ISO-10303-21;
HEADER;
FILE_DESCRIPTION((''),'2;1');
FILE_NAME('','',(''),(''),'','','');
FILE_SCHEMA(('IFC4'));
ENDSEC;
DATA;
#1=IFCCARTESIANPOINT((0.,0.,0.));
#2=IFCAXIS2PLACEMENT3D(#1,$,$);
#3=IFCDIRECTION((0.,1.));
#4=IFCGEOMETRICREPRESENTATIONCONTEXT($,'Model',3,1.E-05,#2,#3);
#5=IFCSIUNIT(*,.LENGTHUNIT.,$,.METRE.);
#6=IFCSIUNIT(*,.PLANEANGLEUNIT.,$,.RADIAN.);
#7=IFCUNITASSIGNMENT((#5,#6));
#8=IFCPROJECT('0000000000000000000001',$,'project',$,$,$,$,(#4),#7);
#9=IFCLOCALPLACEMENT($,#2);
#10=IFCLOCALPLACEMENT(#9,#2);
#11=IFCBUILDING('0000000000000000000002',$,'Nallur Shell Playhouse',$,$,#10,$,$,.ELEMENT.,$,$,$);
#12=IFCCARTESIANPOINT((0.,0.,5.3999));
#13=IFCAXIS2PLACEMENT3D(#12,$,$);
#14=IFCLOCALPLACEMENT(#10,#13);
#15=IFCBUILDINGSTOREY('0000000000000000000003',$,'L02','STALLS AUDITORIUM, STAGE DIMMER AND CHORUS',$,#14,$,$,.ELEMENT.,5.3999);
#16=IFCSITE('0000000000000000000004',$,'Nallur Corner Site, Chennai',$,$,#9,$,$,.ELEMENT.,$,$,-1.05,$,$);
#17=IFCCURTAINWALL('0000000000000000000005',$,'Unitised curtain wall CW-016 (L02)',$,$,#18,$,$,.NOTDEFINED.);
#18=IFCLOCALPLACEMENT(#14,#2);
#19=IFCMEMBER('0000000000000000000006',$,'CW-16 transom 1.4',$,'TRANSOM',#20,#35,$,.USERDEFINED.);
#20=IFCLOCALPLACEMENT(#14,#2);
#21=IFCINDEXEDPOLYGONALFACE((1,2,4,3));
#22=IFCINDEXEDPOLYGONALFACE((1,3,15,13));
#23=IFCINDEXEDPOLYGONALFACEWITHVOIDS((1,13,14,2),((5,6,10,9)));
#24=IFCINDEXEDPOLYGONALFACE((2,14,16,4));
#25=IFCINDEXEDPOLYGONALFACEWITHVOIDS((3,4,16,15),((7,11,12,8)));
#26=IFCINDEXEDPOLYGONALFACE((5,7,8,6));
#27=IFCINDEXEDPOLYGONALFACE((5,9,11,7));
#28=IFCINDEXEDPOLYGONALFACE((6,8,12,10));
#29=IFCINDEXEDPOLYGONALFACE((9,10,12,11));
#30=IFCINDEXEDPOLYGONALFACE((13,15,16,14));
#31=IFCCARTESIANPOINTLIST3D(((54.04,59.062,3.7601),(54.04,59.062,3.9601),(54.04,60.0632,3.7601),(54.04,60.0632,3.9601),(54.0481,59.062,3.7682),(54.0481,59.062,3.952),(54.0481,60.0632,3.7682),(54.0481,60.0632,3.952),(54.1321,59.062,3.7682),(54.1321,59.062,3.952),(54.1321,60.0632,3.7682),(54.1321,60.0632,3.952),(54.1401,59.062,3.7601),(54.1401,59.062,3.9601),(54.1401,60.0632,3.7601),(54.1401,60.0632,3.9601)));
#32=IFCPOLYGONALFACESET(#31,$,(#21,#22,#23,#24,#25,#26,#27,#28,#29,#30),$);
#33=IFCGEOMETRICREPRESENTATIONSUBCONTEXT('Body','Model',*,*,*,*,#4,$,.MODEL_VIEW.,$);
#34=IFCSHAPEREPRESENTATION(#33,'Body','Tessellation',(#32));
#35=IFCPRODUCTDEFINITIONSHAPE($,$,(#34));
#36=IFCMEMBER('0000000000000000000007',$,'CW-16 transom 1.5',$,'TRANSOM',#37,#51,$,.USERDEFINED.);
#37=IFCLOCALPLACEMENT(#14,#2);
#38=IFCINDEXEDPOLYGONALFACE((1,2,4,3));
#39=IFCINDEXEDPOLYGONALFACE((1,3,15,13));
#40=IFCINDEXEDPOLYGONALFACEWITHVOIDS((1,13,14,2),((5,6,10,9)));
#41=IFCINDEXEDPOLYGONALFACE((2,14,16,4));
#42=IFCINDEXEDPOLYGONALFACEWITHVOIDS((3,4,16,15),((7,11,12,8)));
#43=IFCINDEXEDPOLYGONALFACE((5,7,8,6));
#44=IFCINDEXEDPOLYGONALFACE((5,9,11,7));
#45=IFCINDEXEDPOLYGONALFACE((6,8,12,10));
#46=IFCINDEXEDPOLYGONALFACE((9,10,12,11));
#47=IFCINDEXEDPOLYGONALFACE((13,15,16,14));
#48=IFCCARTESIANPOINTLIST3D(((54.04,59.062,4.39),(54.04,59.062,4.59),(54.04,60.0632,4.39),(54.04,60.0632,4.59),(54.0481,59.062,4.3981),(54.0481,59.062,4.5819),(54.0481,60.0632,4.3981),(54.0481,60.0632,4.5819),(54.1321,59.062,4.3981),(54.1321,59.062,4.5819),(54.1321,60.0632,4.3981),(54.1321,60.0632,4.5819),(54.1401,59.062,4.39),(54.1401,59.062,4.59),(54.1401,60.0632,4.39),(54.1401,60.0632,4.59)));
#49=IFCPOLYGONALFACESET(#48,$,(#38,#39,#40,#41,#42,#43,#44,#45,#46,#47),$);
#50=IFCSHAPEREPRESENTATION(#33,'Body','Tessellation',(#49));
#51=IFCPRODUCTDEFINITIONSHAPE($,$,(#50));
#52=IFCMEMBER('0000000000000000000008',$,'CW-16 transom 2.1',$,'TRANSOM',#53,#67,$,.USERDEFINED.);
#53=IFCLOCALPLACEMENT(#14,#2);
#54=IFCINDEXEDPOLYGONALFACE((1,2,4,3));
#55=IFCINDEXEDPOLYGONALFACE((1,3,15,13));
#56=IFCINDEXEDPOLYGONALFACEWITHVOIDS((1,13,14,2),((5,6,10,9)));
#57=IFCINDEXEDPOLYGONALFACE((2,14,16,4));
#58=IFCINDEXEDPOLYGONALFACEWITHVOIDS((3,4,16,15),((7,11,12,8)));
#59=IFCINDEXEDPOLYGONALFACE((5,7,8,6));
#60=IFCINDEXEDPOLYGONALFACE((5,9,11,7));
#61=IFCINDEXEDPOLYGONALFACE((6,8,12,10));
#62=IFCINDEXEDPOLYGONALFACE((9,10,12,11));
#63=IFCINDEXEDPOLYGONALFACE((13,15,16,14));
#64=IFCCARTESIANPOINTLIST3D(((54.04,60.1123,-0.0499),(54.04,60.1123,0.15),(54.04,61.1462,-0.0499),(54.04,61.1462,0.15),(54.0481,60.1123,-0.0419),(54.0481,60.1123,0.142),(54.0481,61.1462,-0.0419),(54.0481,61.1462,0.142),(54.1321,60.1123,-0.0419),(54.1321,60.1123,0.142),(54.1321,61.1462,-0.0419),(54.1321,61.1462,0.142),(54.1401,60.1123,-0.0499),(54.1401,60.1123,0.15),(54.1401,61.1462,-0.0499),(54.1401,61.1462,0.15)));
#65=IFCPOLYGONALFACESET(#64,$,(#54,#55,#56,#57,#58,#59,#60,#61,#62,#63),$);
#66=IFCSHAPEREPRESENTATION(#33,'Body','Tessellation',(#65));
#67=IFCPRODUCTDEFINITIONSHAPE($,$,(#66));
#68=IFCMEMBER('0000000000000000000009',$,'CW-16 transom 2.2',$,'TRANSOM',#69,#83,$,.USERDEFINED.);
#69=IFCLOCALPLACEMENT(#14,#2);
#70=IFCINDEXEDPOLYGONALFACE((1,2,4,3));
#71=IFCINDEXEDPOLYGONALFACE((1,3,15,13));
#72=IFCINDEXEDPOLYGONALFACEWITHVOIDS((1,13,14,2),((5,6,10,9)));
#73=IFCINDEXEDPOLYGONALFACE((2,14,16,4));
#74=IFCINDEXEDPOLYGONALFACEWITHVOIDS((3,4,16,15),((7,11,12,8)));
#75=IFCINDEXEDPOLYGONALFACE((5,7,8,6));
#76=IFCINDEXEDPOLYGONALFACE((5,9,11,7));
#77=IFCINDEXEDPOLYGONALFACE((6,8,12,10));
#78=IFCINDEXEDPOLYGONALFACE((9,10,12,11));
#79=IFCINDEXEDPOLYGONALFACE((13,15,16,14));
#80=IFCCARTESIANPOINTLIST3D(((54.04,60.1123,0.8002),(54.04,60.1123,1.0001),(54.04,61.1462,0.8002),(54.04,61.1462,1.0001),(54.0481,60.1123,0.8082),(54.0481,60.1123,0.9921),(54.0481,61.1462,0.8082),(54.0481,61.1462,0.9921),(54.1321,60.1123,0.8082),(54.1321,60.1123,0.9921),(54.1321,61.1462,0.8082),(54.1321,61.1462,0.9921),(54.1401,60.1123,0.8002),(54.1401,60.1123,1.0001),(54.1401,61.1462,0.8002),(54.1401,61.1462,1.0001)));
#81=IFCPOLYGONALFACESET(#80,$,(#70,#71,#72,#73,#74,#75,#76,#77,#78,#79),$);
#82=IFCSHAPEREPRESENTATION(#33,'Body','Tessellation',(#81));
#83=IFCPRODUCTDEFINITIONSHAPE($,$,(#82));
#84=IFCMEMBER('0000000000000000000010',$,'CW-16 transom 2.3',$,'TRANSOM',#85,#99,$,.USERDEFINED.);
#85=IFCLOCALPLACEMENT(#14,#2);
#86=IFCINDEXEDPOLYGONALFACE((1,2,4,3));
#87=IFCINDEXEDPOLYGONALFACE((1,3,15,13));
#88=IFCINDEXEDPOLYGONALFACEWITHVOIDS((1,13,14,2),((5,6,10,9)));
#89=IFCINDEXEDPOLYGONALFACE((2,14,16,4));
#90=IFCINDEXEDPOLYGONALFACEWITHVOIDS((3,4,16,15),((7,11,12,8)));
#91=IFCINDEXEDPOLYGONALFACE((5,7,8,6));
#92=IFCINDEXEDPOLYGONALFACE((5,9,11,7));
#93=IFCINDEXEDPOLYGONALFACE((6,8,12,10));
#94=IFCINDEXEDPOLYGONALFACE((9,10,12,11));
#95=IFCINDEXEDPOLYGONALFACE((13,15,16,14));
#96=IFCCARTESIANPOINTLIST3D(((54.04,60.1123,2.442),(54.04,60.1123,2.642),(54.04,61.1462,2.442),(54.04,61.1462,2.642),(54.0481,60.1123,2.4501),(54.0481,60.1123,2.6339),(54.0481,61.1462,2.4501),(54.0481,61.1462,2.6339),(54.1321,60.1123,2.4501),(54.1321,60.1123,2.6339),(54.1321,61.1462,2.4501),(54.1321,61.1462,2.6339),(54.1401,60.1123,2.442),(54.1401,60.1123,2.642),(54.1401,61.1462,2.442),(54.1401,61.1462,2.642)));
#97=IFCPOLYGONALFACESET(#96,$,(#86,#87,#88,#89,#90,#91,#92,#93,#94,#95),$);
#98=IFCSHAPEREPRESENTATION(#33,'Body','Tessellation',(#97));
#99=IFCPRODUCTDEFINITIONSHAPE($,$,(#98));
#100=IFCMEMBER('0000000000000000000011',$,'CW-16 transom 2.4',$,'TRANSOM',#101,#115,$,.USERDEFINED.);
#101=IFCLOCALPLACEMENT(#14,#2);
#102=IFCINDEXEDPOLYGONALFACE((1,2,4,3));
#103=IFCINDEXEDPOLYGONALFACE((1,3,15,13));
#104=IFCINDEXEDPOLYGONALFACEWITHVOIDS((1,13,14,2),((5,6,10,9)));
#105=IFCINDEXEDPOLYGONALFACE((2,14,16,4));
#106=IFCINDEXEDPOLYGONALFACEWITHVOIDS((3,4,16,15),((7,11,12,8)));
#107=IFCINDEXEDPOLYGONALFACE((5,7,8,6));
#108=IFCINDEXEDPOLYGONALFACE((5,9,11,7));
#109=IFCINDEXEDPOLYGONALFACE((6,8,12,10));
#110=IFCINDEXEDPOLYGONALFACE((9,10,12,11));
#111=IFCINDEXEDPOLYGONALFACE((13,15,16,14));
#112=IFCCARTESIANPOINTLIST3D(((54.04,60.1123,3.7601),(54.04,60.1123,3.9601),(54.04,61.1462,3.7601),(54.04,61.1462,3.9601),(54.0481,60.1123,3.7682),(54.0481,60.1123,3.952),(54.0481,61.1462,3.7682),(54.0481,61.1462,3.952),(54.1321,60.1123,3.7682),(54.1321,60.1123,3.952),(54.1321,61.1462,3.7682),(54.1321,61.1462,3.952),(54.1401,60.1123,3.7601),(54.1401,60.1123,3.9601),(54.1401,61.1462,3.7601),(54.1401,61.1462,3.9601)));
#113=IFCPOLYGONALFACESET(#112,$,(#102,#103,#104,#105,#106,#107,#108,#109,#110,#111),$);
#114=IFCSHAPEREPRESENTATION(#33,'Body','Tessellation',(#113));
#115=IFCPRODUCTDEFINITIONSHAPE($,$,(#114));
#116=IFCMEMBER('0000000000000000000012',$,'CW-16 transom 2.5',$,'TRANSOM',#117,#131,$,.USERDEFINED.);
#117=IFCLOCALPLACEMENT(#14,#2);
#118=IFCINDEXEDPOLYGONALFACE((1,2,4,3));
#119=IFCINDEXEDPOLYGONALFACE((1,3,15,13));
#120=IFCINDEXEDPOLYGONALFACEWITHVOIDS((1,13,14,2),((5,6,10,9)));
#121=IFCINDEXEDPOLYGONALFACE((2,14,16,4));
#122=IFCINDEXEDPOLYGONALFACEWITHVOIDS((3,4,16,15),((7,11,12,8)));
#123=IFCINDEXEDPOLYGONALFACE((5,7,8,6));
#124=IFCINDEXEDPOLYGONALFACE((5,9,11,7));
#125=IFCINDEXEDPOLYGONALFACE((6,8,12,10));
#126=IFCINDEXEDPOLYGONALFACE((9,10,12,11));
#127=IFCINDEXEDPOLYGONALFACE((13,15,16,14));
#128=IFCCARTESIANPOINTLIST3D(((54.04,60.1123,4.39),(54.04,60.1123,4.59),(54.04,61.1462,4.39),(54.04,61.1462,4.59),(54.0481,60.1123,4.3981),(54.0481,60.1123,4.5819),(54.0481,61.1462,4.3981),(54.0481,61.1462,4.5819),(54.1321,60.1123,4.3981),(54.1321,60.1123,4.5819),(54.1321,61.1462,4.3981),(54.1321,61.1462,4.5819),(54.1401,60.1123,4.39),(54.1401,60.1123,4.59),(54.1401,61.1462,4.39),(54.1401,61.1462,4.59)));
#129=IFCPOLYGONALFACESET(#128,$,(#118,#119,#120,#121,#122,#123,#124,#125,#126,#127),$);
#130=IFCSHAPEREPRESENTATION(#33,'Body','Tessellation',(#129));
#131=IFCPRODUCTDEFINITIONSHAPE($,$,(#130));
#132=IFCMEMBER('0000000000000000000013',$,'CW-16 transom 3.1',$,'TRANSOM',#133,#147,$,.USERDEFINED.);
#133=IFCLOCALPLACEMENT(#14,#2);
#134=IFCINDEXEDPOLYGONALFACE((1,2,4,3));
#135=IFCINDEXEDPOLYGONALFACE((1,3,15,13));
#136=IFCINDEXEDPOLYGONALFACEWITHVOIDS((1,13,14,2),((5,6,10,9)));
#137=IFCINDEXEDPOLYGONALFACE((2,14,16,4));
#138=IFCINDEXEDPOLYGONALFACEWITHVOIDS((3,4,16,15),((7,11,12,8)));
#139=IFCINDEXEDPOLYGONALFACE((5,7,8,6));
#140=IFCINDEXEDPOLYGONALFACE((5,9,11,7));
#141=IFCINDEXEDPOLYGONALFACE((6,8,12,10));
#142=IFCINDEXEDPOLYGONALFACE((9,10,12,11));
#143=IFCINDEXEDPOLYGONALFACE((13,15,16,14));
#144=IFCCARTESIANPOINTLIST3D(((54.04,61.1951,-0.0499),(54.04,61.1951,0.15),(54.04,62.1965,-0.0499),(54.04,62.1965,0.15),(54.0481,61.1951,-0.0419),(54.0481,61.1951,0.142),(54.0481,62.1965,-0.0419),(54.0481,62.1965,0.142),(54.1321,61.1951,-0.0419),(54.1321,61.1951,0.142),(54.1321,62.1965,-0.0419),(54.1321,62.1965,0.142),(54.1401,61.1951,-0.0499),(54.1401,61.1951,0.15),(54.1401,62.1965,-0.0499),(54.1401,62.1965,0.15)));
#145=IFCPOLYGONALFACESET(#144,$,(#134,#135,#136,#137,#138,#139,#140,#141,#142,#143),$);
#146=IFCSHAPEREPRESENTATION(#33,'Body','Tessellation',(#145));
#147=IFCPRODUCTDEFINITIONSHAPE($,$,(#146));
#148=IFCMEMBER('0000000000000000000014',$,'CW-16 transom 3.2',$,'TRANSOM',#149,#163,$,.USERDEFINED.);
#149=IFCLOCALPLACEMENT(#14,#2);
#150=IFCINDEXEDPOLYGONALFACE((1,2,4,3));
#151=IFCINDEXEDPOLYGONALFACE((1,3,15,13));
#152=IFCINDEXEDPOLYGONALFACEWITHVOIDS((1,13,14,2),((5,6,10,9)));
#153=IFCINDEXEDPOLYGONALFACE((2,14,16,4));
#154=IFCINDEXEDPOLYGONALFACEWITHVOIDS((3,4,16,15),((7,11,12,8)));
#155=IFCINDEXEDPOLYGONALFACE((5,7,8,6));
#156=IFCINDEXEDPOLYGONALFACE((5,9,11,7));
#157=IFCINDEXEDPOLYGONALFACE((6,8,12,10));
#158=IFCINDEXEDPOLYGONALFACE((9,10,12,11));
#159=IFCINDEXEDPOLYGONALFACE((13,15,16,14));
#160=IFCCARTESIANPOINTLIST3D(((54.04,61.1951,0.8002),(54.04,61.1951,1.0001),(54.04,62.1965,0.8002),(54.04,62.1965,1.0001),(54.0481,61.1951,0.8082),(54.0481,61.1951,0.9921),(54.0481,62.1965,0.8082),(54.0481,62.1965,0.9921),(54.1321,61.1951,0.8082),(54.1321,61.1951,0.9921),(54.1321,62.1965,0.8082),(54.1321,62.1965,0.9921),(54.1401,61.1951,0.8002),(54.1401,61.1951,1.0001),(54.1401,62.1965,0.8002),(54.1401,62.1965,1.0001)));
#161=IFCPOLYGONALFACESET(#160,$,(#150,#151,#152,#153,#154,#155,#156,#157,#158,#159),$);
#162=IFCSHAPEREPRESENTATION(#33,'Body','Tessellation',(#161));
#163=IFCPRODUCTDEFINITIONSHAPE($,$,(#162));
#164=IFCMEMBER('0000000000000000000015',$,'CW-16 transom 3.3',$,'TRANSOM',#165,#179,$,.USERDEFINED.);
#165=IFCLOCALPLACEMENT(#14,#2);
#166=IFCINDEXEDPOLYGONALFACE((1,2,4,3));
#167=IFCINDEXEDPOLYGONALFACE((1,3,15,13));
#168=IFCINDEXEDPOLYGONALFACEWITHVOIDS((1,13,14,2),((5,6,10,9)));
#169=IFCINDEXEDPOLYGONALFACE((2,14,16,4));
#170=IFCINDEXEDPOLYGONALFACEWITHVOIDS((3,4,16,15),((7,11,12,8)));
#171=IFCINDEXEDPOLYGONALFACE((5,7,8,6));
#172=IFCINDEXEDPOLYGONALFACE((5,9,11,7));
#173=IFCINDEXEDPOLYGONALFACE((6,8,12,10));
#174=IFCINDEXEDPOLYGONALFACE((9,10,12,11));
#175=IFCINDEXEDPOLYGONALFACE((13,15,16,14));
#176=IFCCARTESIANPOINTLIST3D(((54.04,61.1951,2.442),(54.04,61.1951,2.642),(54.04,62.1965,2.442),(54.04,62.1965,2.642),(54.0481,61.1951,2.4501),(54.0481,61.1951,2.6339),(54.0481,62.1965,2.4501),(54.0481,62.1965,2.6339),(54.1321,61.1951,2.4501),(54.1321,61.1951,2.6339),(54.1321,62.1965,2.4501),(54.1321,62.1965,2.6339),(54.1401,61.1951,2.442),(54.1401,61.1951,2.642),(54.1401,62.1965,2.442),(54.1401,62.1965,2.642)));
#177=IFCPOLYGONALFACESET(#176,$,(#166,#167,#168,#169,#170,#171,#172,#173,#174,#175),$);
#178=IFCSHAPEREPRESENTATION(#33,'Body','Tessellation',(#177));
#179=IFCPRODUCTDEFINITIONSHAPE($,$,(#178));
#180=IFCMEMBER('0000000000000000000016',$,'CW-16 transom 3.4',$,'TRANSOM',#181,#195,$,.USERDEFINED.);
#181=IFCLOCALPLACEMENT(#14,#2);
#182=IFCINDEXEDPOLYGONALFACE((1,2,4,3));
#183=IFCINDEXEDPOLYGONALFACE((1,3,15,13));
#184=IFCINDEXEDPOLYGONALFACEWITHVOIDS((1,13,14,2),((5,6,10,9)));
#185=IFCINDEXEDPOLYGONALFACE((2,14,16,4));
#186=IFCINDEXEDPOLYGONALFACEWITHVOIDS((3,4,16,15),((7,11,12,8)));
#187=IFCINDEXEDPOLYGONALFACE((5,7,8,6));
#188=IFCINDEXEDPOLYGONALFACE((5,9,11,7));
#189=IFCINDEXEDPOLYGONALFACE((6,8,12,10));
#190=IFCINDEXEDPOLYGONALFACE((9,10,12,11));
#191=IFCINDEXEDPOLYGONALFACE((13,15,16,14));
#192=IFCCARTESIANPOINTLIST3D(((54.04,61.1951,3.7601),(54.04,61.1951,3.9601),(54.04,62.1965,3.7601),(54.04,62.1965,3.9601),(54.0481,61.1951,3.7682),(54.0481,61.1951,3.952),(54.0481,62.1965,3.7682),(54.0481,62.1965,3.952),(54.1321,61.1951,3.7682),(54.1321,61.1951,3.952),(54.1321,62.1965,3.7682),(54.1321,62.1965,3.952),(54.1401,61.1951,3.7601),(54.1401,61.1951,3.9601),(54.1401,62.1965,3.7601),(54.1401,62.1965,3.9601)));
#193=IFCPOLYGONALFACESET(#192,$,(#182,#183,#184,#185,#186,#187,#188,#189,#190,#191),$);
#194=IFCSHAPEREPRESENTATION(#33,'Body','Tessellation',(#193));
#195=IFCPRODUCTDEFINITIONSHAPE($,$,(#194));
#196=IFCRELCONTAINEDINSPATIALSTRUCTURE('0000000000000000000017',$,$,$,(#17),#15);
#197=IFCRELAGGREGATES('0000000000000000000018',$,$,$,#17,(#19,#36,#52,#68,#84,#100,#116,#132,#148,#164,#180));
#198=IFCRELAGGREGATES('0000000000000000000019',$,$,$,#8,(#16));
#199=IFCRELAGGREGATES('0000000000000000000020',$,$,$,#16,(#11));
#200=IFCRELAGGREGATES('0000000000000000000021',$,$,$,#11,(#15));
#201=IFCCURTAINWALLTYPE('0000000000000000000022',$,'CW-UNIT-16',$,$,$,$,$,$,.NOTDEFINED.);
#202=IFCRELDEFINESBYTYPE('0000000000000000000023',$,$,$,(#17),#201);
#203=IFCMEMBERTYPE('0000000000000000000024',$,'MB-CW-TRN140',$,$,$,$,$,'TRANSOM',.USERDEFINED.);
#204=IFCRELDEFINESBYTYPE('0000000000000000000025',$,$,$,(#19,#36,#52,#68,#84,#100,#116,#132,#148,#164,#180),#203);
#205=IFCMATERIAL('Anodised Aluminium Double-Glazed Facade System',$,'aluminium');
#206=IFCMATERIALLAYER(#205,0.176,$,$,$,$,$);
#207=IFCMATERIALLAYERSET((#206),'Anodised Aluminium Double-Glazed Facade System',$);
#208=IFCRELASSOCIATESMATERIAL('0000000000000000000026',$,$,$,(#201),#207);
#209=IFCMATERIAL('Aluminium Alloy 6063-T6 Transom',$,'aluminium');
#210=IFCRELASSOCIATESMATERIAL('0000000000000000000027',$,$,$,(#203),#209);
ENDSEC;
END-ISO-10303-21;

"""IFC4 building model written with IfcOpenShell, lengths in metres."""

from ifc_helpers import new_model, si_unit, direction, frame, origin, origin_2d, place, context, subcontext, project, spatial, hollow_rectangle, extrude, material, layer, layer_set, material_profile, profile_set, type_object, element, aggregate, save


model = new_model("IFC4")

# Units and contexts
model_context = context("Model", 3, precision=1e-05, world=origin(), true_north=direction((0.0, 1.0)))
body_context = subcontext(model_context, "Body", "Model", "MODEL_VIEW")
ifc_project = project(units=[si_unit("LENGTHUNIT", "METRE"), si_unit("PLANEANGLEUNIT", "RADIAN")], contexts=[model_context])

# Site, building, storey
site_placement = place(None, origin())
site = spatial("IfcSite", under=ifc_project, at=site_placement, Name="Nallur Corner Site, Chennai", CompositionType="ELEMENT", RefElevation=-1.05)
building_placement = place(site_placement, origin())
building = spatial("IfcBuilding", under=site, at=building_placement, Name="Nallur Shell Playhouse", CompositionType="ELEMENT")
storey_placement = place(building_placement, frame((0.0, 0.0, 5.3999)))
storey = spatial("IfcBuildingStorey", under=building, at=storey_placement, Name="L02", Description="STALLS AUDITORIUM, STAGE DIMMER AND CHORUS", CompositionType="ELEMENT", Elevation=5.3999)

# Shared definitions
ifc_material_1 = material(Name="Anodised Aluminium Double-Glazed Facade System", Category="aluminium")

# Curtain wall
ifc_layer_1 = layer(ifc_material_1, 0.176)
ifc_layer_set_1 = layer_set([ifc_layer_1], Name="Anodised Aluminium Double-Glazed Facade System")
curtain_wall_type_1 = type_object("IfcCurtainWallType", Name="CW-UNIT-16", PredefinedType="NOTDEFINED", material=ifc_layer_set_1)
curtain_wall_1_placement = place(storey_placement, origin())
curtain_wall_1 = element("IfcCurtainWall", 1, at=curtain_wall_1_placement, inside=storey, type_object=curtain_wall_type_1, Name="Unitised curtain wall CW-016 (L02)", PredefinedType="NOTDEFINED")

# Members
ifc_material_2 = material(Name="Aluminium Alloy 6063-T6 Transom", Category="aluminium")
ifc_material_profile_1 = material_profile(ifc_material_2, hollow_rectangle(XDim=0.1001, YDim=0.2, WallThickness=0.0081, at=origin_2d()), Name="RHS 200x100x8")
ifc_profile_set_1 = profile_set([ifc_material_profile_1], Name="Aluminium Alloy 6063-T6 Transom")
member_type_1 = type_object("IfcMemberType", Name="MB-CW-TRN140", ElementType="TRANSOM", PredefinedType="USERDEFINED", material=ifc_profile_set_1)
member_1_placement = place(storey_placement, frame((54.0901, 59.062, 3.8601), z_axis=(0.0, 1.0, 0.0), x_axis=(-1.0, 0.0, 0.0)))
member_1 = element("IfcMember", 2, at=member_1_placement, type_object=member_type_1, Name="CW-16 transom 1.4", ObjectType="TRANSOM", PredefinedType="USERDEFINED", context=body_context, shape_type="SweptSolid", body=[
    extrude(hollow_rectangle(XDim=0.1001, YDim=0.2, WallThickness=0.0081, at=origin_2d()), origin(), (0.0, 0.0, 1.0), 1.0012),
])
member_2_placement = place(storey_placement, frame((54.0901, 59.062, 4.49), z_axis=(0.0, 1.0, 0.0), x_axis=(-1.0, 0.0, 0.0)))
member_2 = element("IfcMember", 3, at=member_2_placement, type_object=member_type_1, Name="CW-16 transom 1.5", ObjectType="TRANSOM", PredefinedType="USERDEFINED", context=body_context, shape_type="SweptSolid", body=[
    extrude(hollow_rectangle(XDim=0.1001, YDim=0.2, WallThickness=0.0081, at=origin_2d()), origin(), (0.0, 0.0, 1.0), 1.0012),
])
member_3_placement = place(storey_placement, frame((54.0901, 60.1123, 0.05), z_axis=(0.0, 1.0, 0.0), x_axis=(-1.0, 0.0, 0.0)))
member_3 = element("IfcMember", 4, at=member_3_placement, type_object=member_type_1, Name="CW-16 transom 2.1", ObjectType="TRANSOM", PredefinedType="USERDEFINED", context=body_context, shape_type="SweptSolid", body=[
    extrude(hollow_rectangle(XDim=0.1001, YDim=0.2, WallThickness=0.0081, at=origin_2d()), origin(), (0.0, 0.0, 1.0), 1.0339),
])
member_4_placement = place(storey_placement, frame((54.0901, 60.1123, 0.9001), z_axis=(0.0, 1.0, 0.0), x_axis=(-1.0, 0.0, 0.0)))
member_4 = element("IfcMember", 5, at=member_4_placement, type_object=member_type_1, Name="CW-16 transom 2.2", ObjectType="TRANSOM", PredefinedType="USERDEFINED", context=body_context, shape_type="SweptSolid", body=[
    extrude(hollow_rectangle(XDim=0.1001, YDim=0.2, WallThickness=0.0081, at=origin_2d()), origin(), (0.0, 0.0, 1.0), 1.0339),
])
member_5_placement = place(storey_placement, frame((54.0901, 60.1123, 2.542), z_axis=(0.0, 1.0, 0.0), x_axis=(-1.0, 0.0, 0.0)))
member_5 = element("IfcMember", 6, at=member_5_placement, type_object=member_type_1, Name="CW-16 transom 2.3", ObjectType="TRANSOM", PredefinedType="USERDEFINED", context=body_context, shape_type="SweptSolid", body=[
    extrude(hollow_rectangle(XDim=0.1001, YDim=0.2, WallThickness=0.0081, at=origin_2d()), origin(), (0.0, 0.0, 1.0), 1.0339),
])
member_6_placement = place(storey_placement, frame((54.0901, 60.1123, 3.8601), z_axis=(0.0, 1.0, 0.0), x_axis=(-1.0, 0.0, 0.0)))
member_6 = element("IfcMember", 7, at=member_6_placement, type_object=member_type_1, Name="CW-16 transom 2.4", ObjectType="TRANSOM", PredefinedType="USERDEFINED", context=body_context, shape_type="SweptSolid", body=[
    extrude(hollow_rectangle(XDim=0.1001, YDim=0.2, WallThickness=0.0081, at=origin_2d()), origin(), (0.0, 0.0, 1.0), 1.0339),
])
member_7_placement = place(storey_placement, frame((54.0901, 60.1123, 4.49), z_axis=(0.0, 1.0, 0.0), x_axis=(-1.0, 0.0, 0.0)))
member_7 = element("IfcMember", 8, at=member_7_placement, type_object=member_type_1, Name="CW-16 transom 2.5", ObjectType="TRANSOM", PredefinedType="USERDEFINED", context=body_context, shape_type="SweptSolid", body=[
    extrude(hollow_rectangle(XDim=0.1001, YDim=0.2, WallThickness=0.0081, at=origin_2d()), origin(), (0.0, 0.0, 1.0), 1.0339),
])
member_8_placement = place(storey_placement, frame((54.0901, 61.1951, 0.05), z_axis=(0.0, 1.0, 0.0), x_axis=(-1.0, 0.0, 0.0)))
member_8 = element("IfcMember", 9, at=member_8_placement, type_object=member_type_1, Name="CW-16 transom 3.1", ObjectType="TRANSOM", PredefinedType="USERDEFINED", context=body_context, shape_type="SweptSolid", body=[
    extrude(hollow_rectangle(XDim=0.1001, YDim=0.2, WallThickness=0.0081, at=origin_2d()), origin(), (0.0, 0.0, 1.0), 1.0015),
])
member_9_placement = place(storey_placement, frame((54.0901, 61.1951, 0.9001), z_axis=(0.0, 1.0, 0.0), x_axis=(-1.0, 0.0, 0.0)))
member_9 = element("IfcMember", 10, at=member_9_placement, type_object=member_type_1, Name="CW-16 transom 3.2", ObjectType="TRANSOM", PredefinedType="USERDEFINED", context=body_context, shape_type="SweptSolid", body=[
    extrude(hollow_rectangle(XDim=0.1001, YDim=0.2, WallThickness=0.0081, at=origin_2d()), origin(), (0.0, 0.0, 1.0), 1.0015),
])
member_10_placement = place(storey_placement, frame((54.0901, 61.1951, 2.542), z_axis=(0.0, 1.0, 0.0), x_axis=(-1.0, 0.0, 0.0)))
member_10 = element("IfcMember", 11, at=member_10_placement, type_object=member_type_1, Name="CW-16 transom 3.3", ObjectType="TRANSOM", PredefinedType="USERDEFINED", context=body_context, shape_type="SweptSolid", body=[
    extrude(hollow_rectangle(XDim=0.1001, YDim=0.2, WallThickness=0.0081, at=origin_2d()), origin(), (0.0, 0.0, 1.0), 1.0015),
])
member_11_placement = place(storey_placement, frame((54.0901, 61.1951, 3.8601), z_axis=(0.0, 1.0, 0.0), x_axis=(-1.0, 0.0, 0.0)))
member_11 = element("IfcMember", 12, at=member_11_placement, type_object=member_type_1, Name="CW-16 transom 3.4", ObjectType="TRANSOM", PredefinedType="USERDEFINED", context=body_context, shape_type="SweptSolid", body=[
    extrude(hollow_rectangle(XDim=0.1001, YDim=0.2, WallThickness=0.0081, at=origin_2d()), origin(), (0.0, 0.0, 1.0), 1.0015),
])

aggregate(curtain_wall_1, [member_1, member_2, member_3, member_4, member_5, member_6, member_7, member_8, member_9, member_10, member_11])

save(model, "model.ifc")
